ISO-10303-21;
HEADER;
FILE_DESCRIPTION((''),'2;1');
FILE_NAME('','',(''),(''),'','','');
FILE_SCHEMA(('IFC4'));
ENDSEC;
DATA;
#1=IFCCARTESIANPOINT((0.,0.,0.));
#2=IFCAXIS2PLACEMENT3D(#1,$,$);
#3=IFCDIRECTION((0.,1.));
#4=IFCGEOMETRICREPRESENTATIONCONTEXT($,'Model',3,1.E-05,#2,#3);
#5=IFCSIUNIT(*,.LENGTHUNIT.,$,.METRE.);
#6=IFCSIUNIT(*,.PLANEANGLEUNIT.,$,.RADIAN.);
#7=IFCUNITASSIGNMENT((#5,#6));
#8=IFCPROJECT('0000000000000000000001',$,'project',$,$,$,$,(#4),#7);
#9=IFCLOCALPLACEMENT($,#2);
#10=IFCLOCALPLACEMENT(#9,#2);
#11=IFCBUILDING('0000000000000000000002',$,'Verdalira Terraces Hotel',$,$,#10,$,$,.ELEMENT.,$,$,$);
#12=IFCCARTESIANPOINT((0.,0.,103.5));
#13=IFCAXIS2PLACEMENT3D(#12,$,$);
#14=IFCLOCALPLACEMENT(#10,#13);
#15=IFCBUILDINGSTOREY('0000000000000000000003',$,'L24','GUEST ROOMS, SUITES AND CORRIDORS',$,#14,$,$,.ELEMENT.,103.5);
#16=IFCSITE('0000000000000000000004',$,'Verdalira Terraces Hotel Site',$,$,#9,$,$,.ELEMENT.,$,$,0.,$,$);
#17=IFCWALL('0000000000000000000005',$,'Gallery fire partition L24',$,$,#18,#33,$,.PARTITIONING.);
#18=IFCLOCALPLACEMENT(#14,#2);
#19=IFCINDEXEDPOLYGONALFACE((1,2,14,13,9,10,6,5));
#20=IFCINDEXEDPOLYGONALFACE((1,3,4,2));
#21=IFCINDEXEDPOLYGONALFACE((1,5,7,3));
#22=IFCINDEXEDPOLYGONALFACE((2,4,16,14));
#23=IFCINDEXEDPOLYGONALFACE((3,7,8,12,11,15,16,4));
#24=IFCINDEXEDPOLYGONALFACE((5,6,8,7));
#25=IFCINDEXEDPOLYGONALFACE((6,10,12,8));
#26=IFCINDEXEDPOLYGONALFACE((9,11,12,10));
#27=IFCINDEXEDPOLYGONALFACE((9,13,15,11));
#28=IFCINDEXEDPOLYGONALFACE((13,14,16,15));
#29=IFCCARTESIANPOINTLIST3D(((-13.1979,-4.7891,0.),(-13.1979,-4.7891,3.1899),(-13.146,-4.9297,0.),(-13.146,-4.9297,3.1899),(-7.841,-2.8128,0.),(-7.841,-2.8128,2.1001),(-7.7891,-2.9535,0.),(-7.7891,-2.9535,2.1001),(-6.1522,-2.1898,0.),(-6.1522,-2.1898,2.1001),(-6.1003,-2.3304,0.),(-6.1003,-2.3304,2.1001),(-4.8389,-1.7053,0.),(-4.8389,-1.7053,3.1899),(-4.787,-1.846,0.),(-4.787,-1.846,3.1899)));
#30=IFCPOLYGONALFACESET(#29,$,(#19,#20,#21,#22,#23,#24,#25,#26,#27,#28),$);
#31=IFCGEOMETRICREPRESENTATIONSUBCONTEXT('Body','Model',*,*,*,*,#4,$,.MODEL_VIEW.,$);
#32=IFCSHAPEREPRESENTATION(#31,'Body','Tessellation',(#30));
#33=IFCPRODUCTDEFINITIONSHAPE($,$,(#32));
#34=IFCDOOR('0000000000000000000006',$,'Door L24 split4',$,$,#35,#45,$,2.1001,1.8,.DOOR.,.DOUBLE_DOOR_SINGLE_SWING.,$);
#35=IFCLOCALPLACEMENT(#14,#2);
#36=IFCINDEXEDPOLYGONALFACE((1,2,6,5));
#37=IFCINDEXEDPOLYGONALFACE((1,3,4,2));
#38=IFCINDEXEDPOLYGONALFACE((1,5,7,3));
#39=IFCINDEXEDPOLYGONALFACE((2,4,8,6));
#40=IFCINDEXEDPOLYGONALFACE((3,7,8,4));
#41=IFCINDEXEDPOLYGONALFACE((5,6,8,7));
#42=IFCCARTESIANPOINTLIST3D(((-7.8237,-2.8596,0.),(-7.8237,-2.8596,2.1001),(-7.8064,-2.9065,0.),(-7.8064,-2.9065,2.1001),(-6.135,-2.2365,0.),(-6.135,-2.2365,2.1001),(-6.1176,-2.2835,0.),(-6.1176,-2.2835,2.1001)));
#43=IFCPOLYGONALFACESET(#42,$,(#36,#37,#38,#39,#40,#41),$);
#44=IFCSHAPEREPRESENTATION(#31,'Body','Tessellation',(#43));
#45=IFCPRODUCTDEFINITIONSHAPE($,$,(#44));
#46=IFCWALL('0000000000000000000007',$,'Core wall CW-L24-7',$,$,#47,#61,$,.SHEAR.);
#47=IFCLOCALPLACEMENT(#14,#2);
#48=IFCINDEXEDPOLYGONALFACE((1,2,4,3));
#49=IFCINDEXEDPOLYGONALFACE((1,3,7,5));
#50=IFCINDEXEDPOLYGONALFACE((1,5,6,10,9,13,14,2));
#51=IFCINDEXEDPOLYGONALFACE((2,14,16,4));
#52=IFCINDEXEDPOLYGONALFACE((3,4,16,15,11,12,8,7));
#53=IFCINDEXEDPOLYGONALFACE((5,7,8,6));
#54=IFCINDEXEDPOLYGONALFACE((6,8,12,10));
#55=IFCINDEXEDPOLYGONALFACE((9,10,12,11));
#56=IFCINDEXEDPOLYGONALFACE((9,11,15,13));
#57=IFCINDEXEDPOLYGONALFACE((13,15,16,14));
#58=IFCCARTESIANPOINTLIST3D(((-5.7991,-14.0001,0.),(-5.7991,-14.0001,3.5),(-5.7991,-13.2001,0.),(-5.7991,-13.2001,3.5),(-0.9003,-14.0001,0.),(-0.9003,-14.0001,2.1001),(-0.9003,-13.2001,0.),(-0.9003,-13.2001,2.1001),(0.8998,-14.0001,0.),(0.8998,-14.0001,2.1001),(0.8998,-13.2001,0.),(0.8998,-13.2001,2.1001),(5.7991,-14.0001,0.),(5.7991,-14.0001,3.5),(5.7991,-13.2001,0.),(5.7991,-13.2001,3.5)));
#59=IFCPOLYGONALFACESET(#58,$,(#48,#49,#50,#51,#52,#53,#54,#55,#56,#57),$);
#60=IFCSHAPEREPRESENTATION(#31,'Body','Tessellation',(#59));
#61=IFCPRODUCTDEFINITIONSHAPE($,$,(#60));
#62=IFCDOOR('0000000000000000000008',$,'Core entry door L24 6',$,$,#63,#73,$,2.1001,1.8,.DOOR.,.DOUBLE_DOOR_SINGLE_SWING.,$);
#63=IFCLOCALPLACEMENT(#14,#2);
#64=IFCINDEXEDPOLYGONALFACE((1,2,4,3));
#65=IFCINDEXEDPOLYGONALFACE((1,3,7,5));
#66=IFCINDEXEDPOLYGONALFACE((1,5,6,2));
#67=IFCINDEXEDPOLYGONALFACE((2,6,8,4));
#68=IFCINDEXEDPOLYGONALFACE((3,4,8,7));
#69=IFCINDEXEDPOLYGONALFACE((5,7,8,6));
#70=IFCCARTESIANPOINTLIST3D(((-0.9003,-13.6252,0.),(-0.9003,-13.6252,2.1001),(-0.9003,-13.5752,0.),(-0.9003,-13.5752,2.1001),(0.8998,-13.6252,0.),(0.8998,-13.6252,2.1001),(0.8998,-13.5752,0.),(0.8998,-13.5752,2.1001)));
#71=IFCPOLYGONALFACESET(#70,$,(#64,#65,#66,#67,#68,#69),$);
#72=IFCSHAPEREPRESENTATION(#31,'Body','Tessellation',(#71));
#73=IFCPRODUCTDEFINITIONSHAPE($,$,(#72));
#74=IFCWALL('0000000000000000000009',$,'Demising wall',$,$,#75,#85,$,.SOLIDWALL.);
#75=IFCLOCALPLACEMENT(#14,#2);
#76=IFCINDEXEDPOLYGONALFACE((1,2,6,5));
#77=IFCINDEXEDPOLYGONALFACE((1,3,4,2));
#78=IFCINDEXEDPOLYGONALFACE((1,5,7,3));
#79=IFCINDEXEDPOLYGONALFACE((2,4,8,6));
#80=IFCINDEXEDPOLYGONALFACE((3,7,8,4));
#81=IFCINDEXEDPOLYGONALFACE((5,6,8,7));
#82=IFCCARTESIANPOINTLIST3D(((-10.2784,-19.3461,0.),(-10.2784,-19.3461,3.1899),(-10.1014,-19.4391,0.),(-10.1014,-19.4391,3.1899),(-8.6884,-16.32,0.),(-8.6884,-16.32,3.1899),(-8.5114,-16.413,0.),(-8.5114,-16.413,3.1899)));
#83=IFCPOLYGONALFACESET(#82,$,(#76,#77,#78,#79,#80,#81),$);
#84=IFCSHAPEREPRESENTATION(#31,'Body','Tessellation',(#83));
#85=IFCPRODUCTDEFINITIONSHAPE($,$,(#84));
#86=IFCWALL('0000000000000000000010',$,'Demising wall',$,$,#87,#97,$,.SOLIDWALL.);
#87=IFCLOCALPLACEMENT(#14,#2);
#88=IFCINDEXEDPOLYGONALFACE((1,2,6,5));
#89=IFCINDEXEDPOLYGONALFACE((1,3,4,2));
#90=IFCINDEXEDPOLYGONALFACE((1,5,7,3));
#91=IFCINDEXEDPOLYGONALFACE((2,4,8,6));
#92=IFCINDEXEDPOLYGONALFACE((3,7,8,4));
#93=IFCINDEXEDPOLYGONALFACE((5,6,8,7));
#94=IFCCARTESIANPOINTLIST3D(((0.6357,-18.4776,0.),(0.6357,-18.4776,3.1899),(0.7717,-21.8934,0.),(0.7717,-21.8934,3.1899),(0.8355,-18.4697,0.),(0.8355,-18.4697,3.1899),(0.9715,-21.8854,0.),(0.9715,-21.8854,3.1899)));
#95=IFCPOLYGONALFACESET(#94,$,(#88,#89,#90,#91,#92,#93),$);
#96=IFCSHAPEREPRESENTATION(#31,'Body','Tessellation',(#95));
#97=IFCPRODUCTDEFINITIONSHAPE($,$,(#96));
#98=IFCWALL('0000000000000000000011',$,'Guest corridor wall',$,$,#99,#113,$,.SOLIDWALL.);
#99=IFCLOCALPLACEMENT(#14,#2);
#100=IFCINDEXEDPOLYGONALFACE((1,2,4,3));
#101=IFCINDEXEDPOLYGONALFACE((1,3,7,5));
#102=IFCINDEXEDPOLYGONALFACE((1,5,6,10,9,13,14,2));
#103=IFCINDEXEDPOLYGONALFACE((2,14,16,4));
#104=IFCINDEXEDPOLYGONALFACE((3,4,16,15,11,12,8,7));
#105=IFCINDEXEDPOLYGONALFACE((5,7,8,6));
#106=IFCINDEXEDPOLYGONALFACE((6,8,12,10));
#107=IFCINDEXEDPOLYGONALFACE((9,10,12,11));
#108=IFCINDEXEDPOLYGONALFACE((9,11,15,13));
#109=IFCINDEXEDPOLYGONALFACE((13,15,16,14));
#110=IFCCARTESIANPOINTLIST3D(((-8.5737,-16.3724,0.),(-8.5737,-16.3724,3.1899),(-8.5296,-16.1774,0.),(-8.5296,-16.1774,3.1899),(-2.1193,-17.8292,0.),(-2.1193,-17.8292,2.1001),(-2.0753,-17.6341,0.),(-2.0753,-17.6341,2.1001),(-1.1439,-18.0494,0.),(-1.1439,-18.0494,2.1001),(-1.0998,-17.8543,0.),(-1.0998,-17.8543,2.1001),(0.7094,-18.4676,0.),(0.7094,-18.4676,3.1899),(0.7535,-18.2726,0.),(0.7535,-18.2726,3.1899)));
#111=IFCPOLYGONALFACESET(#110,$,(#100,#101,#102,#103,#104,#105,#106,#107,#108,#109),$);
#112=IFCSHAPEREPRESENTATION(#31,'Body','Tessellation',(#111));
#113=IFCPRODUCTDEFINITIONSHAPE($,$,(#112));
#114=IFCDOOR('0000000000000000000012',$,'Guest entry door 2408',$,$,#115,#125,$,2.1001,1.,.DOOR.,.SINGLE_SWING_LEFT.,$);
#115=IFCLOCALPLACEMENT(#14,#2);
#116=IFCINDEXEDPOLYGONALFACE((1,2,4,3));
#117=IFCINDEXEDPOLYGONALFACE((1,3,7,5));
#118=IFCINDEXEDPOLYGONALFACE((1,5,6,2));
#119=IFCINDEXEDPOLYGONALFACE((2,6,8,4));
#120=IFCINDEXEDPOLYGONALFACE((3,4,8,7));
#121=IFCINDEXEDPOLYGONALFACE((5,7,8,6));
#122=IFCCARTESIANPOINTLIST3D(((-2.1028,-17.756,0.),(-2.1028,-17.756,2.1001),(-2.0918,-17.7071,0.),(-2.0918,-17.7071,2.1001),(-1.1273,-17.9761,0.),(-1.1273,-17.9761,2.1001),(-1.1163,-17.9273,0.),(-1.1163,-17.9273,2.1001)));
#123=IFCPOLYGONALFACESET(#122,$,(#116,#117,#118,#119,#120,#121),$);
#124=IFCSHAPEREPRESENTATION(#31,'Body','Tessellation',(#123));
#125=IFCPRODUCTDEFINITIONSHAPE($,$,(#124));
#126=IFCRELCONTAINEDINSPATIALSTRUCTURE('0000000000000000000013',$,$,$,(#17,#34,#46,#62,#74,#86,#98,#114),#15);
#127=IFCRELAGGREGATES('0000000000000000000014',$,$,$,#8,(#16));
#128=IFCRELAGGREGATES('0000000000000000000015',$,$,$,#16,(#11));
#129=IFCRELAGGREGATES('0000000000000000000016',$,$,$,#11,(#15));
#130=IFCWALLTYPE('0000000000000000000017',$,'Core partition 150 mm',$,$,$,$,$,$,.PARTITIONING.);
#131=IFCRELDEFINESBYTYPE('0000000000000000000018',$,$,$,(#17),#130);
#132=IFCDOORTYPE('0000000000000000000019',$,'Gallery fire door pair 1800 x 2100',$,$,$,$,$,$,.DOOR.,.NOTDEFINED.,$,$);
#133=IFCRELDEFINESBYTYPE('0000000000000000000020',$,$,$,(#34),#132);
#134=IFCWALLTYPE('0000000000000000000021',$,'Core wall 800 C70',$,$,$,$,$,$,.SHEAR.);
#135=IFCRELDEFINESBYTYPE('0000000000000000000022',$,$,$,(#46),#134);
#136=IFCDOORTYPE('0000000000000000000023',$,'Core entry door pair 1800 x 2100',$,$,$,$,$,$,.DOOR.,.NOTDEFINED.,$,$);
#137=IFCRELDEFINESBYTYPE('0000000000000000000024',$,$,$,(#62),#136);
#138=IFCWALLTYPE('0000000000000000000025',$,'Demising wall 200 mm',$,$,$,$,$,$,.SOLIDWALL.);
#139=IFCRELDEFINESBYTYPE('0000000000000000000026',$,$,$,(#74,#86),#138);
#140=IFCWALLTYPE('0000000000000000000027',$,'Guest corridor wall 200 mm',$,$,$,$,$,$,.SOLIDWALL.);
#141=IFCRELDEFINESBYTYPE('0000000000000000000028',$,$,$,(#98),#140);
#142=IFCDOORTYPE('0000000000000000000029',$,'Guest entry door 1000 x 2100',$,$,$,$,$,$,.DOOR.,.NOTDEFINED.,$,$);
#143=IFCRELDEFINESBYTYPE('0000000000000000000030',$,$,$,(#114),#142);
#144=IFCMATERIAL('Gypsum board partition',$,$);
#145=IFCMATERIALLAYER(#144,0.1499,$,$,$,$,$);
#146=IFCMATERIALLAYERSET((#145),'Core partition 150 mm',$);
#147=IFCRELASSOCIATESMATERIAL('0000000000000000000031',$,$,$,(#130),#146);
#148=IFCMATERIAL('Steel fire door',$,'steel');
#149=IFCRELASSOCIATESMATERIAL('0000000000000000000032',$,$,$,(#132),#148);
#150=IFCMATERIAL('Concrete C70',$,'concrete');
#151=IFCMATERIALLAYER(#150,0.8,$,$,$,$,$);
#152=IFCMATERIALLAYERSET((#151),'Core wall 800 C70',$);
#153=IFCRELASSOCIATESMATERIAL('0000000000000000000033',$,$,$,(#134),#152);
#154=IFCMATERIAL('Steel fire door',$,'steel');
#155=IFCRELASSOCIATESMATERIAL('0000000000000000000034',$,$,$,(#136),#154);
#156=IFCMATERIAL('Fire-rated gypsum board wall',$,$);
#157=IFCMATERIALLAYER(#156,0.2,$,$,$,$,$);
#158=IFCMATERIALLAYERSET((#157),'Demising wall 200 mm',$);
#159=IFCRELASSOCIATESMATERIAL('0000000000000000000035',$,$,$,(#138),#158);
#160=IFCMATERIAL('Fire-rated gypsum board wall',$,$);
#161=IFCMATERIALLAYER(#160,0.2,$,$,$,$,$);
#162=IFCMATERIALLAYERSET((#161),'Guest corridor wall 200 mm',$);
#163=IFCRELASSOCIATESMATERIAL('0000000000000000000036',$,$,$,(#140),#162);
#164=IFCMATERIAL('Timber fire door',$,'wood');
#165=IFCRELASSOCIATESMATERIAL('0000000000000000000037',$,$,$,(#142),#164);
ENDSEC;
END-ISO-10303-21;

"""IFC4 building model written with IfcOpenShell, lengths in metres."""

from ifc_helpers import new_model, si_unit, direction, frame, frame_2d, origin, place, context, subcontext, project, spatial, rectangle, extrude, material, layer, layer_set, type_object, element, fill, save


model = new_model("IFC4")

# Units and contexts
model_context = context("Model", 3, precision=1e-05, world=origin(), true_north=direction((0.0, 1.0)))
body_context = subcontext(model_context, "Body", "Model", "MODEL_VIEW")
ifc_project = project(units=[si_unit("LENGTHUNIT", "METRE"), si_unit("PLANEANGLEUNIT", "RADIAN")], contexts=[model_context])

# Site, building, storey
site_placement = place(None, origin())
site = spatial("IfcSite", under=ifc_project, at=site_placement, Name="Verdalira Terraces Hotel Site", CompositionType="ELEMENT", RefElevation=0.0)
building_placement = place(site_placement, origin())
building = spatial("IfcBuilding", under=site, at=building_placement, Name="Verdalira Terraces Hotel", CompositionType="ELEMENT")
storey_placement = place(building_placement, frame((0.0, 0.0, 103.5)))
storey = spatial("IfcBuildingStorey", under=building, at=storey_placement, Name="L24", Description="GUEST ROOMS, SUITES AND CORRIDORS", CompositionType="ELEMENT", Elevation=103.5)

# Walls, openings, doors
ifc_material_1 = material(Name="Gypsum board partition")
ifc_layer_1 = layer(ifc_material_1, 0.1499)
ifc_layer_set_1 = layer_set([ifc_layer_1], Name="Core partition 150 mm")
wall_type_1 = type_object("IfcWallType", Name="Core partition 150 mm", PredefinedType="PARTITIONING", material=ifc_layer_set_1)
wall_1_placement = place(storey_placement, frame((-4.813, -1.7756, 0.0), z_axis=(0.0, 0.0, 1.0), x_axis=(-0.938192, -0.346115, 0.0)))
wall_1 = element("IfcWall", 1, at=wall_1_placement, inside=storey, type_object=wall_type_1, Name="Gallery fire partition L24", PredefinedType="PARTITIONING", context=body_context, shape_type="SweptSolid", body=[
    extrude(rectangle(XDim=8.9097, YDim=0.1499, at=frame_2d((4.4548, 0.0))), origin(), (0.0, 0.0, 1.0), 3.1899),
])
opening_1_placement = place(wall_1_placement, frame((1.3999, 0.0, 0.0)))
opening_1 = element("IfcOpeningElement", 2, at=opening_1_placement, cuts=wall_1, PredefinedType="OPENING", context=body_context, shape_type="SweptSolid", body=[
    extrude(rectangle(XDim=1.8, YDim=2.1001, at=frame_2d((0.8999, 1.05))), frame((0.0, 0.085, 0.0), z_axis=(0.0, -1.0, 0.0), x_axis=(1.0, 0.0, 0.0)), (0.0, 0.0, 1.0), 0.1699),
])
ifc_material_2 = material(Name="Steel fire door", Category="steel")
door_type_1 = type_object("IfcDoorType", Name="Gallery fire door pair 1800 x 2100", OperationType="NOTDEFINED", PredefinedType="DOOR", material=ifc_material_2)
door_1_placement = place(opening_1_placement, origin())
door_1 = element("IfcDoor", 3, at=door_1_placement, inside=storey, type_object=door_type_1, Name="Door L24 split4", OperationType="DOUBLE_DOOR_SINGLE_SWING", OverallHeight=2.1001, OverallWidth=1.8, PredefinedType="DOOR", context=body_context, shape_type="SweptSolid", body=[
    extrude(rectangle(XDim=1.8, YDim=2.1001, at=frame_2d((0.8999, 1.05))), frame((0.0, 0.0249, 0.0), z_axis=(0.0, -1.0, 0.0), x_axis=(1.0, 0.0, 0.0)), (0.0, 0.0, 1.0), 0.05),
])
fill(opening_1, door_1)
ifc_material_3 = material(Name="Concrete C70", Category="concrete")
ifc_layer_2 = layer(ifc_material_3, 0.8)
ifc_layer_set_2 = layer_set([ifc_layer_2], Name="Core wall 800 C70")
wall_type_2 = type_object("IfcWallType", Name="Core wall 800 C70", PredefinedType="SHEAR", material=ifc_layer_set_2)
wall_2_placement = place(storey_placement, frame((-5.7991, -13.6001, 0.0), z_axis=(0.0, 0.0, 1.0), x_axis=(1.0, 0.0, 0.0)))
wall_2 = element("IfcWall", 4, at=wall_2_placement, inside=storey, type_object=wall_type_2, Name="Core wall CW-L24-7", PredefinedType="SHEAR", context=body_context, shape_type="SweptSolid", body=[
    extrude(rectangle(XDim=11.5981, YDim=0.8, at=frame_2d((5.7991, 0.0))), origin(), (0.0, 0.0, 1.0), 3.5),
])
opening_2_placement = place(wall_2_placement, frame((4.8989, 0.0, 0.0)))
opening_2 = element("IfcOpeningElement", 5, at=opening_2_placement, cuts=wall_2, PredefinedType="OPENING", context=body_context, shape_type="SweptSolid", body=[
    extrude(rectangle(XDim=1.8, YDim=2.1001, at=frame_2d((0.8999, 1.05))), frame((0.0, 0.4099, 0.0), z_axis=(0.0, -1.0, 0.0), x_axis=(1.0, 0.0, 0.0)), (0.0, 0.0, 1.0), 0.8201),
])
ifc_material_4 = material(Name="Steel fire door", Category="steel")
door_type_2 = type_object("IfcDoorType", Name="Core entry door pair 1800 x 2100", OperationType="NOTDEFINED", PredefinedType="DOOR", material=ifc_material_4)
door_2_placement = place(opening_2_placement, origin())
door_2 = element("IfcDoor", 6, at=door_2_placement, inside=storey, type_object=door_type_2, Name="Core entry door L24 6", OperationType="DOUBLE_DOOR_SINGLE_SWING", OverallHeight=2.1001, OverallWidth=1.8, PredefinedType="DOOR", context=body_context, shape_type="SweptSolid", body=[
    extrude(rectangle(XDim=1.8, YDim=2.1001, at=frame_2d((0.8999, 1.05))), frame((0.0, 0.0249, 0.0), z_axis=(0.0, -1.0, 0.0), x_axis=(1.0, 0.0, 0.0)), (0.0, 0.0, 1.0), 0.05),
])
fill(opening_2, door_2)

# Walls
ifc_material_5 = material(Name="Fire-rated gypsum board wall")
ifc_layer_3 = layer(ifc_material_5, 0.2)
ifc_layer_set_3 = layer_set([ifc_layer_3], Name="Demising wall 200 mm")
wall_type_3 = type_object("IfcWallType", Name="Demising wall 200 mm", PredefinedType="SOLIDWALL", material=ifc_layer_set_3)
for number, where, z_axis, x_axis, name in (
    (7, (-8.5999, -16.3665, 0.0), (0.0, 0.0, 1.0), (-0.465149, -0.885233, 0.0), "Demising wall"),
    (8, (0.7356, -18.4736, 0.0), (0.0, 0.0, 1.0), (0.03978, -0.999208, 0.0), "Demising wall"),
):
    element("IfcWall", number, at=place(storey_placement, frame(where, z_axis=z_axis, x_axis=x_axis)), inside=storey, type_object=wall_type_3, Name=name, PredefinedType="SOLIDWALL", context=body_context, shape_type="SweptSolid", body=[
        extrude(rectangle(XDim=3.4185, YDim=0.2, at=frame_2d((1.7092, 0.0))), origin(), (0.0, 0.0, 1.0), 3.1899),
    ])

# Wall, opening, door
ifc_material_6 = material(Name="Fire-rated gypsum board wall")
ifc_layer_4 = layer(ifc_material_6, 0.2)
ifc_layer_set_4 = layer_set([ifc_layer_4], Name="Guest corridor wall 200 mm")
wall_type_4 = type_object("IfcWallType", Name="Guest corridor wall 200 mm", PredefinedType="SOLIDWALL", material=ifc_layer_set_4)
wall_3_placement = place(storey_placement, frame((0.7314, -18.3701, 0.0), z_axis=(0.0, 0.0, 1.0), x_axis=(-0.975463, 0.220162, 0.0)))
wall_3 = element("IfcWall", 9, at=wall_3_placement, inside=storey, type_object=wall_type_4, Name="Guest corridor wall", PredefinedType="SOLIDWALL", context=body_context, shape_type="SweptSolid", body=[
    extrude(rectangle(XDim=9.5166, YDim=0.2, at=frame_2d((4.7583, 0.0))), origin(), (0.0, 0.0, 1.0), 3.1899),
])
opening_3_placement = place(wall_3_placement, frame((1.8999, 0.0, 0.0)))
opening_3 = element("IfcOpeningElement", 10, at=opening_3_placement, cuts=wall_3, PredefinedType="OPENING", context=body_context, shape_type="SweptSolid", body=[
    extrude(rectangle(XDim=1.0, YDim=2.1001, at=frame_2d((0.5, 1.05))), frame((0.0, 0.1099, 0.0), z_axis=(0.0, -1.0, 0.0), x_axis=(1.0, 0.0, 0.0)), (0.0, 0.0, 1.0), 0.22),
])
ifc_material_7 = material(Name="Timber fire door", Category="wood")
door_type_3 = type_object("IfcDoorType", Name="Guest entry door 1000 x 2100", OperationType="NOTDEFINED", PredefinedType="DOOR", material=ifc_material_7)
door_3_placement = place(opening_3_placement, origin())
door_3 = element("IfcDoor", 11, at=door_3_placement, inside=storey, type_object=door_type_3, Name="Guest entry door 2408", OperationType="SINGLE_SWING_LEFT", OverallHeight=2.1001, OverallWidth=1.0, PredefinedType="DOOR", context=body_context, shape_type="SweptSolid", body=[
    extrude(rectangle(XDim=1.0, YDim=2.1001, at=frame_2d((0.5, 1.05))), frame((0.0, 0.0249, 0.0), z_axis=(0.0, -1.0, 0.0), x_axis=(1.0, 0.0, 0.0)), (0.0, 0.0, 1.0), 0.05),
])
fill(opening_3, door_3)

save(model, "model.ifc")
